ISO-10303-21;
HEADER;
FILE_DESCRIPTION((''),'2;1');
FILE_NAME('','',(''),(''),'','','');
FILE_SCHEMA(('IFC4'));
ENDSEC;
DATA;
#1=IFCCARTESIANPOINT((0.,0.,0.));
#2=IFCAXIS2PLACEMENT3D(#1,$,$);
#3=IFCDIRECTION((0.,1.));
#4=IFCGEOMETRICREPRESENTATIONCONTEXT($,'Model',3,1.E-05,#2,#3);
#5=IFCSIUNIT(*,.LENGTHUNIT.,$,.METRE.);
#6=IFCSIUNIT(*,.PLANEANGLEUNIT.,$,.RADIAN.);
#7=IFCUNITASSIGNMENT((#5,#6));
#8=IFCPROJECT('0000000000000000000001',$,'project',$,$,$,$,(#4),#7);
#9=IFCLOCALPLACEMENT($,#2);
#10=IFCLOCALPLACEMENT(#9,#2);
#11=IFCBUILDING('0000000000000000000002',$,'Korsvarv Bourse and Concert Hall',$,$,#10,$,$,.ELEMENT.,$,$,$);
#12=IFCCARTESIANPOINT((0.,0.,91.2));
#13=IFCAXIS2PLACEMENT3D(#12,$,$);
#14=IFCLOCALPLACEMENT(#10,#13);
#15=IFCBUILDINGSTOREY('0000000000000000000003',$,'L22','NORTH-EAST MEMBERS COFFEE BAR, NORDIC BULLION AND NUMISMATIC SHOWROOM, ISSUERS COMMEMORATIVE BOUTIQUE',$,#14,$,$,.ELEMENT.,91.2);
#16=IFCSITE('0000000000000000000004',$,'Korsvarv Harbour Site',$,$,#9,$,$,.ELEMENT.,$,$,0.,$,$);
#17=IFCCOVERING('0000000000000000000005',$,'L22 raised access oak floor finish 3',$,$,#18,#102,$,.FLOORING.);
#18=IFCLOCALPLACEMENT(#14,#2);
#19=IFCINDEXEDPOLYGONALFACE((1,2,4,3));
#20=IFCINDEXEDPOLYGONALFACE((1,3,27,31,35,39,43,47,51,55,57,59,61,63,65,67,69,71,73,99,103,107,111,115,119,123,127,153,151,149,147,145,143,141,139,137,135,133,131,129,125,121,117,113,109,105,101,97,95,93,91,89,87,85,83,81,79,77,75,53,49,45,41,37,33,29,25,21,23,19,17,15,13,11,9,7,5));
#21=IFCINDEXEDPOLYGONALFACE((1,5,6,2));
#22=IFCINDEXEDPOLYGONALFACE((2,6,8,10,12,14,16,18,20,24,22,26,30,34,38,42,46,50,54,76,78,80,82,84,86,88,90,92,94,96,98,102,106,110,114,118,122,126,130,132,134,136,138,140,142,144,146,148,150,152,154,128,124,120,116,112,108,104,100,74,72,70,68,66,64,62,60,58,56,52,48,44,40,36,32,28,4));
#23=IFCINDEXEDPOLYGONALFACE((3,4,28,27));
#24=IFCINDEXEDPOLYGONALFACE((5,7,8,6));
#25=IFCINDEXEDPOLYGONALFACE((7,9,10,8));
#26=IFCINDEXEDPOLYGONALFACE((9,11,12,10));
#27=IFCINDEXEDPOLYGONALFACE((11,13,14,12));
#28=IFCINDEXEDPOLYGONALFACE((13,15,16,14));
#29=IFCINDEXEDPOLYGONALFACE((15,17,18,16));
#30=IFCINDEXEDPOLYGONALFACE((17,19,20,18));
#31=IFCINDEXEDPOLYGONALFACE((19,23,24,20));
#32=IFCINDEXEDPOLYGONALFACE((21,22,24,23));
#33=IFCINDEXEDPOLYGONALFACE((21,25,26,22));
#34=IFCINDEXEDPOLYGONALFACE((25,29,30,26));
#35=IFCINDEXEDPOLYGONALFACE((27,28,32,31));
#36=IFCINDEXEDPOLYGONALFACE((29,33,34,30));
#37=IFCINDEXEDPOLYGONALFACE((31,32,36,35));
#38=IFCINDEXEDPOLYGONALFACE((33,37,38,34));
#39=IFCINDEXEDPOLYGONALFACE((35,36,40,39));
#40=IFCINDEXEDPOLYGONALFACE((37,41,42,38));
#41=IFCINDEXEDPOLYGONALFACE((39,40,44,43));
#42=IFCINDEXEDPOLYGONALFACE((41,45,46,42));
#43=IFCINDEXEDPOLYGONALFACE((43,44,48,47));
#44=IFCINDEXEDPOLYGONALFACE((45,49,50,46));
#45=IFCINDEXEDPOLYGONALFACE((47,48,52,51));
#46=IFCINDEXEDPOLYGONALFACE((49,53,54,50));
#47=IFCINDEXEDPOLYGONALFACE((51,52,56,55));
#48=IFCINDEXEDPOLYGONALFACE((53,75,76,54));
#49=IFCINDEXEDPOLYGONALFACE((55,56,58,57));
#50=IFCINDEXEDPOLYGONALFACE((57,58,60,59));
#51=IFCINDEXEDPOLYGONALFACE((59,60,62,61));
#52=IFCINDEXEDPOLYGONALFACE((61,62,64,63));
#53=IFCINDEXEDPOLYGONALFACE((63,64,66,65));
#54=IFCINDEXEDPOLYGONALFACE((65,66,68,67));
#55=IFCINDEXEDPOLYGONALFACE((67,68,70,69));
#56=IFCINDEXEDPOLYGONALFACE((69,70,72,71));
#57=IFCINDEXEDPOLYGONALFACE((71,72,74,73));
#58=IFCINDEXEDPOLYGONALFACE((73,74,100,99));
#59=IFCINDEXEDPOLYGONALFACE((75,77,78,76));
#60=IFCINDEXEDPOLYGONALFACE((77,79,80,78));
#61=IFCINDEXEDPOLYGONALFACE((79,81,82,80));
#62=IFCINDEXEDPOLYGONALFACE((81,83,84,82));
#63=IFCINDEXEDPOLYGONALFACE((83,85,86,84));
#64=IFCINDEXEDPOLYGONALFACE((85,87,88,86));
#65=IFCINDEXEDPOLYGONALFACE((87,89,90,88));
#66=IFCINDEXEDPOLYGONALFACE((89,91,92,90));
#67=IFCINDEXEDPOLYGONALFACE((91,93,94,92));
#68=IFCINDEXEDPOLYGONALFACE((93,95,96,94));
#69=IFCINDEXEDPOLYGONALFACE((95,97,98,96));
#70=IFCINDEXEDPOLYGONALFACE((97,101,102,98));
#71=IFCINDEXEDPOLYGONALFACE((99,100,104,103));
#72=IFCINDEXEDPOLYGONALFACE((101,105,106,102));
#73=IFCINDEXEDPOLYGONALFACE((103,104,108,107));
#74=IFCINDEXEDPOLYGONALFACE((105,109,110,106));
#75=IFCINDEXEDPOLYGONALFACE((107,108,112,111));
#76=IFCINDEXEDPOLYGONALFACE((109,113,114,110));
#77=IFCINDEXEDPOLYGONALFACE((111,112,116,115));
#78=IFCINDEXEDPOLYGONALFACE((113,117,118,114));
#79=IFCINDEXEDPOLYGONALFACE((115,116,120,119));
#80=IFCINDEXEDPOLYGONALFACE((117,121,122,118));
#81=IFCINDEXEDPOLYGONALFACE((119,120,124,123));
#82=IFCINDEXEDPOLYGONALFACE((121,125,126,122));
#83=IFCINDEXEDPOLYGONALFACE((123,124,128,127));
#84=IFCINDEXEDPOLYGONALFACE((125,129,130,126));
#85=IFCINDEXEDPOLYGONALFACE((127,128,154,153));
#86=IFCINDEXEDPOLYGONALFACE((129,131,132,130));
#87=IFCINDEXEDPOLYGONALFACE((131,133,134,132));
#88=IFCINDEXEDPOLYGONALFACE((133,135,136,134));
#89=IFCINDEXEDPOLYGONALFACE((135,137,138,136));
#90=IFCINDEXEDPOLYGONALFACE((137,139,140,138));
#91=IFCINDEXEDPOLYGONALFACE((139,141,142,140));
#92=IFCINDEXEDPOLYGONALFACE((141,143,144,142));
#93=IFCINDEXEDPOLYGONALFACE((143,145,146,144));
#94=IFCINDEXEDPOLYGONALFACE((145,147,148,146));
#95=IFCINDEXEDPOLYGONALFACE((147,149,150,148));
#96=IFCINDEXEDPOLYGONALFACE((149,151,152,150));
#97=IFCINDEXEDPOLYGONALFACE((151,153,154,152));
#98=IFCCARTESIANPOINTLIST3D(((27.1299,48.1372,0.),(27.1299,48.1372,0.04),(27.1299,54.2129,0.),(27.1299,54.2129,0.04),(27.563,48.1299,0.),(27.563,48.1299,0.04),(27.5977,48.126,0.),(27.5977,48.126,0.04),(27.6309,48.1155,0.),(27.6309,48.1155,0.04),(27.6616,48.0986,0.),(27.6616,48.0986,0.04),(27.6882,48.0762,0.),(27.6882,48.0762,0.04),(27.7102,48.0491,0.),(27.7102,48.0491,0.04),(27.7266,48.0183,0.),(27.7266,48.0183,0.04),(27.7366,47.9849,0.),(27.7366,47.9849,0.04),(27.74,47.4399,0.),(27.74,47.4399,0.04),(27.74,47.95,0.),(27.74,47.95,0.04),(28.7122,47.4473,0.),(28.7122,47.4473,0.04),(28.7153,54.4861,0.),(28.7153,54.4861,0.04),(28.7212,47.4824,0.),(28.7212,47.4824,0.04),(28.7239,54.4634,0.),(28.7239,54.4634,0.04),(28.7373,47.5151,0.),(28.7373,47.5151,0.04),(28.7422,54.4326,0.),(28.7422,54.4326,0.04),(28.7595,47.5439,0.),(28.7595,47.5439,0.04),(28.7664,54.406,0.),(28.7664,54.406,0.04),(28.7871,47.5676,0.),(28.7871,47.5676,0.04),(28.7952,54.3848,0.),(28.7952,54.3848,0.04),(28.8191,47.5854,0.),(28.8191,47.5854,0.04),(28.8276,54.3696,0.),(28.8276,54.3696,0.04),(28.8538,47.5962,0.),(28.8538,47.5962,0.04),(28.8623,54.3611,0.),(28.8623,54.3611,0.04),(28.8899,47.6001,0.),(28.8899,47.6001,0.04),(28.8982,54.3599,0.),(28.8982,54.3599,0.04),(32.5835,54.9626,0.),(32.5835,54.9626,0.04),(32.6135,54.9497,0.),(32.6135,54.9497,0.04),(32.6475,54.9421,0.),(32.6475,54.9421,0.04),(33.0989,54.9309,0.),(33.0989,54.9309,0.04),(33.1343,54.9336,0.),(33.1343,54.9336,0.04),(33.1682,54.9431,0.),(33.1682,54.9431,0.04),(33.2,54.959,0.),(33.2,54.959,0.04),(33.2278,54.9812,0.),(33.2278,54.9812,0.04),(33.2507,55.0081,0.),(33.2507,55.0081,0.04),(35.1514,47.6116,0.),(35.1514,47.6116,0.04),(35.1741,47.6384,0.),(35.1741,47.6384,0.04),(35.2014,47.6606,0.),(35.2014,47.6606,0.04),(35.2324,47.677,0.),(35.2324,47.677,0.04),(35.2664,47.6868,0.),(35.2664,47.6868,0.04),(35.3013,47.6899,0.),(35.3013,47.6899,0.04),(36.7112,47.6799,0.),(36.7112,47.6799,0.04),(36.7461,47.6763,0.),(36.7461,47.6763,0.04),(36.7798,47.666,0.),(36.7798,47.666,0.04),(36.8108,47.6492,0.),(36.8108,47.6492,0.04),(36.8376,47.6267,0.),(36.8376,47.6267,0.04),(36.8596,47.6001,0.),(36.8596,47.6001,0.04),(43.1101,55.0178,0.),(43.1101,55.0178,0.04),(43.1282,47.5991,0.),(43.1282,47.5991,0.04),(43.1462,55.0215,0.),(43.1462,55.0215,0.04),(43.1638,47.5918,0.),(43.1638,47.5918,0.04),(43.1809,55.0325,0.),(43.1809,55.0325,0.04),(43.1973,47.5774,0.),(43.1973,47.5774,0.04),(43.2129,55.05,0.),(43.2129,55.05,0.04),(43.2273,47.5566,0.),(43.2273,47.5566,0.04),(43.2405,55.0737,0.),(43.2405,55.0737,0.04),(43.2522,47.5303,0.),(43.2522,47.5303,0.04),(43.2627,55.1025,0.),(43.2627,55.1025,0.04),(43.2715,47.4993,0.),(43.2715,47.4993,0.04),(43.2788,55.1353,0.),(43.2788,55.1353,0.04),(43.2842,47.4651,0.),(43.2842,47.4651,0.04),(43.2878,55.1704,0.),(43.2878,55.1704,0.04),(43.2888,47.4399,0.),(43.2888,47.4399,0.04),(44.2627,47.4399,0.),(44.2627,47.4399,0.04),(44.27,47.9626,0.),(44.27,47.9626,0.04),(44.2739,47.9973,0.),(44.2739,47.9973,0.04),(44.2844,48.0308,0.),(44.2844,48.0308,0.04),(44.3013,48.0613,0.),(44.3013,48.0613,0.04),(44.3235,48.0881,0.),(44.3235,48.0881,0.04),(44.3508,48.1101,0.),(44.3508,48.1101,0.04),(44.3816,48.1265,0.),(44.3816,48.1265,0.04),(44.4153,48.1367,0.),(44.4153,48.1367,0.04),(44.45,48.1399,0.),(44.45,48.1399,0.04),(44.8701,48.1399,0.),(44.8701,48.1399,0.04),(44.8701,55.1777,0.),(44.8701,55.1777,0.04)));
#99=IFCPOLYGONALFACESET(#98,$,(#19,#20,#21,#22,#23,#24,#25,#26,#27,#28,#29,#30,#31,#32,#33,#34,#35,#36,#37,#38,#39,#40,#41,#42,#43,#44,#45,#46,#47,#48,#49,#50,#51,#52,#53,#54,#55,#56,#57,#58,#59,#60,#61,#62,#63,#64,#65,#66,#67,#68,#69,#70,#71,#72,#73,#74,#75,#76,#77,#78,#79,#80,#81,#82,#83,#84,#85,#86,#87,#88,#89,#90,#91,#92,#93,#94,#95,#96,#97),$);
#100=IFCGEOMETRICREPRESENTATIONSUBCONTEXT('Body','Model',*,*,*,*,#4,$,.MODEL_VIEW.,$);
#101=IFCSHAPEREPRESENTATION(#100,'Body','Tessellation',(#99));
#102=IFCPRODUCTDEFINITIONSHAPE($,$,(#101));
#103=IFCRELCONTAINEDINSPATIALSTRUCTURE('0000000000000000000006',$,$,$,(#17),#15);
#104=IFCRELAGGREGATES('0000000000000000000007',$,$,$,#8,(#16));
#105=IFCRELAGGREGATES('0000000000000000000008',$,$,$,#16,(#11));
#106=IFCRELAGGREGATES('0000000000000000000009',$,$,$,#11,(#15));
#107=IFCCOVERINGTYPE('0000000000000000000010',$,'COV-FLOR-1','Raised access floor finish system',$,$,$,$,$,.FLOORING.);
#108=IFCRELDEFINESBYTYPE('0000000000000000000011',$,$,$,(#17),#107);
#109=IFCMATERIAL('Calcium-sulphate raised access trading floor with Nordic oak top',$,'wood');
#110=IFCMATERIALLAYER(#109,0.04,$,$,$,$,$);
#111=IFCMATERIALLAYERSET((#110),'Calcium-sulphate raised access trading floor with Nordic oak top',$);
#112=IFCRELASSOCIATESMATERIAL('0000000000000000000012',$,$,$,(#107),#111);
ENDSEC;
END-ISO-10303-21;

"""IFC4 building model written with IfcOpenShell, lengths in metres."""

from ifc_helpers import new_model, si_unit, direction, frame, origin, place, context, subcontext, project, spatial, polyline, outline, extrude, material, layer, layer_set, type_object, element, save


model = new_model("IFC4")

# Units and contexts
model_context = context("Model", 3, precision=1e-05, world=origin(), true_north=direction((0.0, 1.0)))
body_context = subcontext(model_context, "Body", "Model", "MODEL_VIEW")
ifc_project = project(units=[si_unit("LENGTHUNIT", "METRE"), si_unit("PLANEANGLEUNIT", "RADIAN")], contexts=[model_context])

# Site, building, storey
site_placement = place(None, origin())
site = spatial("IfcSite", under=ifc_project, at=site_placement, Name="Korsvarv Harbour Site", CompositionType="ELEMENT", RefElevation=0.0)
building_placement = place(site_placement, origin())
building = spatial("IfcBuilding", under=site, at=building_placement, Name="Korsvarv Bourse and Concert Hall", CompositionType="ELEMENT")
storey_placement = place(building_placement, frame((0.0, 0.0, 91.2)))
storey = spatial("IfcBuildingStorey", under=building, at=storey_placement, Name="L22", Description="NORTH-EAST MEMBERS COFFEE BAR, NORDIC BULLION AND NUMISMATIC SHOWROOM, ISSUERS COMMEMORATIVE BOUTIQUE", CompositionType="ELEMENT", Elevation=91.2)

# Covering
ifc_material_1 = material(Name="Calcium-sulphate raised access trading floor with Nordic oak top", Category="wood")
ifc_layer_1 = layer(ifc_material_1, 0.04)
ifc_layer_set_1 = layer_set([ifc_layer_1], Name="Calcium-sulphate raised access trading floor with Nordic oak top")
covering_type_1 = type_object("IfcCoveringType", Name="COV-FLOR-1", Description="Raised access floor finish system", PredefinedType="FLOORING", material=ifc_layer_set_1)
covering_1_placement = place(storey_placement, origin())
element("IfcCovering", 1, at=covering_1_placement, inside=storey, type_object=covering_type_1, Name="L22 raised access oak floor finish 3", PredefinedType="FLOORING", context=body_context, shape_type="SweptSolid", body=[
    extrude(outline(polyline([(28.7153, 54.4861), (28.7239, 54.4634), (28.7422, 54.4326), (28.7664, 54.406), (28.7952, 54.3848), (28.8276, 54.3696), (28.8623, 54.3611), (28.8982, 54.3599), (32.5835, 54.9626), (32.6135, 54.9497), (32.6475, 54.9421), (33.0989, 54.9309), (33.1343, 54.9336), (33.1682, 54.9431), (33.2, 54.959), (33.2278, 54.9812), (33.2507, 55.0081), (43.1101, 55.0178), (43.1462, 55.0215), (43.1809, 55.0325), (43.2129, 55.05), (43.2405, 55.0737), (43.2627, 55.1025), (43.2788, 55.1353), (43.2878, 55.1704), (44.8701, 55.1777), (44.8701, 48.1399), (44.45, 48.1399), (44.4153, 48.1367), (44.3816, 48.1265), (44.3508, 48.1101), (44.3235, 48.0881), (44.3013, 48.0613), (44.2844, 48.0308), (44.2739, 47.9973), (44.27, 47.9626), (44.2627, 47.4399), (43.2888, 47.4399), (43.2842, 47.4651), (43.2715, 47.4993), (43.2522, 47.5303), (43.2273, 47.5566), (43.1973, 47.5774), (43.1638, 47.5918), (43.1282, 47.5991), (36.8596, 47.6001), (36.8376, 47.6267), (36.8108, 47.6492), (36.7798, 47.666), (36.7461, 47.6763), (36.7112, 47.6799), (35.3013, 47.6899), (35.2664, 47.6868), (35.2324, 47.677), (35.2014, 47.6606), (35.1741, 47.6384), (35.1514, 47.6116), (28.8899, 47.6001), (28.8538, 47.5962), (28.8191, 47.5854), (28.7871, 47.5676), (28.7595, 47.5439), (28.7373, 47.5151), (28.7212, 47.4824), (28.7122, 47.4473), (27.74, 47.4399), (27.74, 47.95), (27.7366, 47.9849), (27.7266, 48.0183), (27.7102, 48.0491), (27.6882, 48.0762), (27.6616, 48.0986), (27.6309, 48.1155), (27.5977, 48.126), (27.563, 48.1299), (27.1299, 48.1372), (27.1299, 54.2129), (28.7153, 54.4861)])), origin(), (0.0, 0.0, 1.0), 0.04),
])

save(model, "model.ifc")
